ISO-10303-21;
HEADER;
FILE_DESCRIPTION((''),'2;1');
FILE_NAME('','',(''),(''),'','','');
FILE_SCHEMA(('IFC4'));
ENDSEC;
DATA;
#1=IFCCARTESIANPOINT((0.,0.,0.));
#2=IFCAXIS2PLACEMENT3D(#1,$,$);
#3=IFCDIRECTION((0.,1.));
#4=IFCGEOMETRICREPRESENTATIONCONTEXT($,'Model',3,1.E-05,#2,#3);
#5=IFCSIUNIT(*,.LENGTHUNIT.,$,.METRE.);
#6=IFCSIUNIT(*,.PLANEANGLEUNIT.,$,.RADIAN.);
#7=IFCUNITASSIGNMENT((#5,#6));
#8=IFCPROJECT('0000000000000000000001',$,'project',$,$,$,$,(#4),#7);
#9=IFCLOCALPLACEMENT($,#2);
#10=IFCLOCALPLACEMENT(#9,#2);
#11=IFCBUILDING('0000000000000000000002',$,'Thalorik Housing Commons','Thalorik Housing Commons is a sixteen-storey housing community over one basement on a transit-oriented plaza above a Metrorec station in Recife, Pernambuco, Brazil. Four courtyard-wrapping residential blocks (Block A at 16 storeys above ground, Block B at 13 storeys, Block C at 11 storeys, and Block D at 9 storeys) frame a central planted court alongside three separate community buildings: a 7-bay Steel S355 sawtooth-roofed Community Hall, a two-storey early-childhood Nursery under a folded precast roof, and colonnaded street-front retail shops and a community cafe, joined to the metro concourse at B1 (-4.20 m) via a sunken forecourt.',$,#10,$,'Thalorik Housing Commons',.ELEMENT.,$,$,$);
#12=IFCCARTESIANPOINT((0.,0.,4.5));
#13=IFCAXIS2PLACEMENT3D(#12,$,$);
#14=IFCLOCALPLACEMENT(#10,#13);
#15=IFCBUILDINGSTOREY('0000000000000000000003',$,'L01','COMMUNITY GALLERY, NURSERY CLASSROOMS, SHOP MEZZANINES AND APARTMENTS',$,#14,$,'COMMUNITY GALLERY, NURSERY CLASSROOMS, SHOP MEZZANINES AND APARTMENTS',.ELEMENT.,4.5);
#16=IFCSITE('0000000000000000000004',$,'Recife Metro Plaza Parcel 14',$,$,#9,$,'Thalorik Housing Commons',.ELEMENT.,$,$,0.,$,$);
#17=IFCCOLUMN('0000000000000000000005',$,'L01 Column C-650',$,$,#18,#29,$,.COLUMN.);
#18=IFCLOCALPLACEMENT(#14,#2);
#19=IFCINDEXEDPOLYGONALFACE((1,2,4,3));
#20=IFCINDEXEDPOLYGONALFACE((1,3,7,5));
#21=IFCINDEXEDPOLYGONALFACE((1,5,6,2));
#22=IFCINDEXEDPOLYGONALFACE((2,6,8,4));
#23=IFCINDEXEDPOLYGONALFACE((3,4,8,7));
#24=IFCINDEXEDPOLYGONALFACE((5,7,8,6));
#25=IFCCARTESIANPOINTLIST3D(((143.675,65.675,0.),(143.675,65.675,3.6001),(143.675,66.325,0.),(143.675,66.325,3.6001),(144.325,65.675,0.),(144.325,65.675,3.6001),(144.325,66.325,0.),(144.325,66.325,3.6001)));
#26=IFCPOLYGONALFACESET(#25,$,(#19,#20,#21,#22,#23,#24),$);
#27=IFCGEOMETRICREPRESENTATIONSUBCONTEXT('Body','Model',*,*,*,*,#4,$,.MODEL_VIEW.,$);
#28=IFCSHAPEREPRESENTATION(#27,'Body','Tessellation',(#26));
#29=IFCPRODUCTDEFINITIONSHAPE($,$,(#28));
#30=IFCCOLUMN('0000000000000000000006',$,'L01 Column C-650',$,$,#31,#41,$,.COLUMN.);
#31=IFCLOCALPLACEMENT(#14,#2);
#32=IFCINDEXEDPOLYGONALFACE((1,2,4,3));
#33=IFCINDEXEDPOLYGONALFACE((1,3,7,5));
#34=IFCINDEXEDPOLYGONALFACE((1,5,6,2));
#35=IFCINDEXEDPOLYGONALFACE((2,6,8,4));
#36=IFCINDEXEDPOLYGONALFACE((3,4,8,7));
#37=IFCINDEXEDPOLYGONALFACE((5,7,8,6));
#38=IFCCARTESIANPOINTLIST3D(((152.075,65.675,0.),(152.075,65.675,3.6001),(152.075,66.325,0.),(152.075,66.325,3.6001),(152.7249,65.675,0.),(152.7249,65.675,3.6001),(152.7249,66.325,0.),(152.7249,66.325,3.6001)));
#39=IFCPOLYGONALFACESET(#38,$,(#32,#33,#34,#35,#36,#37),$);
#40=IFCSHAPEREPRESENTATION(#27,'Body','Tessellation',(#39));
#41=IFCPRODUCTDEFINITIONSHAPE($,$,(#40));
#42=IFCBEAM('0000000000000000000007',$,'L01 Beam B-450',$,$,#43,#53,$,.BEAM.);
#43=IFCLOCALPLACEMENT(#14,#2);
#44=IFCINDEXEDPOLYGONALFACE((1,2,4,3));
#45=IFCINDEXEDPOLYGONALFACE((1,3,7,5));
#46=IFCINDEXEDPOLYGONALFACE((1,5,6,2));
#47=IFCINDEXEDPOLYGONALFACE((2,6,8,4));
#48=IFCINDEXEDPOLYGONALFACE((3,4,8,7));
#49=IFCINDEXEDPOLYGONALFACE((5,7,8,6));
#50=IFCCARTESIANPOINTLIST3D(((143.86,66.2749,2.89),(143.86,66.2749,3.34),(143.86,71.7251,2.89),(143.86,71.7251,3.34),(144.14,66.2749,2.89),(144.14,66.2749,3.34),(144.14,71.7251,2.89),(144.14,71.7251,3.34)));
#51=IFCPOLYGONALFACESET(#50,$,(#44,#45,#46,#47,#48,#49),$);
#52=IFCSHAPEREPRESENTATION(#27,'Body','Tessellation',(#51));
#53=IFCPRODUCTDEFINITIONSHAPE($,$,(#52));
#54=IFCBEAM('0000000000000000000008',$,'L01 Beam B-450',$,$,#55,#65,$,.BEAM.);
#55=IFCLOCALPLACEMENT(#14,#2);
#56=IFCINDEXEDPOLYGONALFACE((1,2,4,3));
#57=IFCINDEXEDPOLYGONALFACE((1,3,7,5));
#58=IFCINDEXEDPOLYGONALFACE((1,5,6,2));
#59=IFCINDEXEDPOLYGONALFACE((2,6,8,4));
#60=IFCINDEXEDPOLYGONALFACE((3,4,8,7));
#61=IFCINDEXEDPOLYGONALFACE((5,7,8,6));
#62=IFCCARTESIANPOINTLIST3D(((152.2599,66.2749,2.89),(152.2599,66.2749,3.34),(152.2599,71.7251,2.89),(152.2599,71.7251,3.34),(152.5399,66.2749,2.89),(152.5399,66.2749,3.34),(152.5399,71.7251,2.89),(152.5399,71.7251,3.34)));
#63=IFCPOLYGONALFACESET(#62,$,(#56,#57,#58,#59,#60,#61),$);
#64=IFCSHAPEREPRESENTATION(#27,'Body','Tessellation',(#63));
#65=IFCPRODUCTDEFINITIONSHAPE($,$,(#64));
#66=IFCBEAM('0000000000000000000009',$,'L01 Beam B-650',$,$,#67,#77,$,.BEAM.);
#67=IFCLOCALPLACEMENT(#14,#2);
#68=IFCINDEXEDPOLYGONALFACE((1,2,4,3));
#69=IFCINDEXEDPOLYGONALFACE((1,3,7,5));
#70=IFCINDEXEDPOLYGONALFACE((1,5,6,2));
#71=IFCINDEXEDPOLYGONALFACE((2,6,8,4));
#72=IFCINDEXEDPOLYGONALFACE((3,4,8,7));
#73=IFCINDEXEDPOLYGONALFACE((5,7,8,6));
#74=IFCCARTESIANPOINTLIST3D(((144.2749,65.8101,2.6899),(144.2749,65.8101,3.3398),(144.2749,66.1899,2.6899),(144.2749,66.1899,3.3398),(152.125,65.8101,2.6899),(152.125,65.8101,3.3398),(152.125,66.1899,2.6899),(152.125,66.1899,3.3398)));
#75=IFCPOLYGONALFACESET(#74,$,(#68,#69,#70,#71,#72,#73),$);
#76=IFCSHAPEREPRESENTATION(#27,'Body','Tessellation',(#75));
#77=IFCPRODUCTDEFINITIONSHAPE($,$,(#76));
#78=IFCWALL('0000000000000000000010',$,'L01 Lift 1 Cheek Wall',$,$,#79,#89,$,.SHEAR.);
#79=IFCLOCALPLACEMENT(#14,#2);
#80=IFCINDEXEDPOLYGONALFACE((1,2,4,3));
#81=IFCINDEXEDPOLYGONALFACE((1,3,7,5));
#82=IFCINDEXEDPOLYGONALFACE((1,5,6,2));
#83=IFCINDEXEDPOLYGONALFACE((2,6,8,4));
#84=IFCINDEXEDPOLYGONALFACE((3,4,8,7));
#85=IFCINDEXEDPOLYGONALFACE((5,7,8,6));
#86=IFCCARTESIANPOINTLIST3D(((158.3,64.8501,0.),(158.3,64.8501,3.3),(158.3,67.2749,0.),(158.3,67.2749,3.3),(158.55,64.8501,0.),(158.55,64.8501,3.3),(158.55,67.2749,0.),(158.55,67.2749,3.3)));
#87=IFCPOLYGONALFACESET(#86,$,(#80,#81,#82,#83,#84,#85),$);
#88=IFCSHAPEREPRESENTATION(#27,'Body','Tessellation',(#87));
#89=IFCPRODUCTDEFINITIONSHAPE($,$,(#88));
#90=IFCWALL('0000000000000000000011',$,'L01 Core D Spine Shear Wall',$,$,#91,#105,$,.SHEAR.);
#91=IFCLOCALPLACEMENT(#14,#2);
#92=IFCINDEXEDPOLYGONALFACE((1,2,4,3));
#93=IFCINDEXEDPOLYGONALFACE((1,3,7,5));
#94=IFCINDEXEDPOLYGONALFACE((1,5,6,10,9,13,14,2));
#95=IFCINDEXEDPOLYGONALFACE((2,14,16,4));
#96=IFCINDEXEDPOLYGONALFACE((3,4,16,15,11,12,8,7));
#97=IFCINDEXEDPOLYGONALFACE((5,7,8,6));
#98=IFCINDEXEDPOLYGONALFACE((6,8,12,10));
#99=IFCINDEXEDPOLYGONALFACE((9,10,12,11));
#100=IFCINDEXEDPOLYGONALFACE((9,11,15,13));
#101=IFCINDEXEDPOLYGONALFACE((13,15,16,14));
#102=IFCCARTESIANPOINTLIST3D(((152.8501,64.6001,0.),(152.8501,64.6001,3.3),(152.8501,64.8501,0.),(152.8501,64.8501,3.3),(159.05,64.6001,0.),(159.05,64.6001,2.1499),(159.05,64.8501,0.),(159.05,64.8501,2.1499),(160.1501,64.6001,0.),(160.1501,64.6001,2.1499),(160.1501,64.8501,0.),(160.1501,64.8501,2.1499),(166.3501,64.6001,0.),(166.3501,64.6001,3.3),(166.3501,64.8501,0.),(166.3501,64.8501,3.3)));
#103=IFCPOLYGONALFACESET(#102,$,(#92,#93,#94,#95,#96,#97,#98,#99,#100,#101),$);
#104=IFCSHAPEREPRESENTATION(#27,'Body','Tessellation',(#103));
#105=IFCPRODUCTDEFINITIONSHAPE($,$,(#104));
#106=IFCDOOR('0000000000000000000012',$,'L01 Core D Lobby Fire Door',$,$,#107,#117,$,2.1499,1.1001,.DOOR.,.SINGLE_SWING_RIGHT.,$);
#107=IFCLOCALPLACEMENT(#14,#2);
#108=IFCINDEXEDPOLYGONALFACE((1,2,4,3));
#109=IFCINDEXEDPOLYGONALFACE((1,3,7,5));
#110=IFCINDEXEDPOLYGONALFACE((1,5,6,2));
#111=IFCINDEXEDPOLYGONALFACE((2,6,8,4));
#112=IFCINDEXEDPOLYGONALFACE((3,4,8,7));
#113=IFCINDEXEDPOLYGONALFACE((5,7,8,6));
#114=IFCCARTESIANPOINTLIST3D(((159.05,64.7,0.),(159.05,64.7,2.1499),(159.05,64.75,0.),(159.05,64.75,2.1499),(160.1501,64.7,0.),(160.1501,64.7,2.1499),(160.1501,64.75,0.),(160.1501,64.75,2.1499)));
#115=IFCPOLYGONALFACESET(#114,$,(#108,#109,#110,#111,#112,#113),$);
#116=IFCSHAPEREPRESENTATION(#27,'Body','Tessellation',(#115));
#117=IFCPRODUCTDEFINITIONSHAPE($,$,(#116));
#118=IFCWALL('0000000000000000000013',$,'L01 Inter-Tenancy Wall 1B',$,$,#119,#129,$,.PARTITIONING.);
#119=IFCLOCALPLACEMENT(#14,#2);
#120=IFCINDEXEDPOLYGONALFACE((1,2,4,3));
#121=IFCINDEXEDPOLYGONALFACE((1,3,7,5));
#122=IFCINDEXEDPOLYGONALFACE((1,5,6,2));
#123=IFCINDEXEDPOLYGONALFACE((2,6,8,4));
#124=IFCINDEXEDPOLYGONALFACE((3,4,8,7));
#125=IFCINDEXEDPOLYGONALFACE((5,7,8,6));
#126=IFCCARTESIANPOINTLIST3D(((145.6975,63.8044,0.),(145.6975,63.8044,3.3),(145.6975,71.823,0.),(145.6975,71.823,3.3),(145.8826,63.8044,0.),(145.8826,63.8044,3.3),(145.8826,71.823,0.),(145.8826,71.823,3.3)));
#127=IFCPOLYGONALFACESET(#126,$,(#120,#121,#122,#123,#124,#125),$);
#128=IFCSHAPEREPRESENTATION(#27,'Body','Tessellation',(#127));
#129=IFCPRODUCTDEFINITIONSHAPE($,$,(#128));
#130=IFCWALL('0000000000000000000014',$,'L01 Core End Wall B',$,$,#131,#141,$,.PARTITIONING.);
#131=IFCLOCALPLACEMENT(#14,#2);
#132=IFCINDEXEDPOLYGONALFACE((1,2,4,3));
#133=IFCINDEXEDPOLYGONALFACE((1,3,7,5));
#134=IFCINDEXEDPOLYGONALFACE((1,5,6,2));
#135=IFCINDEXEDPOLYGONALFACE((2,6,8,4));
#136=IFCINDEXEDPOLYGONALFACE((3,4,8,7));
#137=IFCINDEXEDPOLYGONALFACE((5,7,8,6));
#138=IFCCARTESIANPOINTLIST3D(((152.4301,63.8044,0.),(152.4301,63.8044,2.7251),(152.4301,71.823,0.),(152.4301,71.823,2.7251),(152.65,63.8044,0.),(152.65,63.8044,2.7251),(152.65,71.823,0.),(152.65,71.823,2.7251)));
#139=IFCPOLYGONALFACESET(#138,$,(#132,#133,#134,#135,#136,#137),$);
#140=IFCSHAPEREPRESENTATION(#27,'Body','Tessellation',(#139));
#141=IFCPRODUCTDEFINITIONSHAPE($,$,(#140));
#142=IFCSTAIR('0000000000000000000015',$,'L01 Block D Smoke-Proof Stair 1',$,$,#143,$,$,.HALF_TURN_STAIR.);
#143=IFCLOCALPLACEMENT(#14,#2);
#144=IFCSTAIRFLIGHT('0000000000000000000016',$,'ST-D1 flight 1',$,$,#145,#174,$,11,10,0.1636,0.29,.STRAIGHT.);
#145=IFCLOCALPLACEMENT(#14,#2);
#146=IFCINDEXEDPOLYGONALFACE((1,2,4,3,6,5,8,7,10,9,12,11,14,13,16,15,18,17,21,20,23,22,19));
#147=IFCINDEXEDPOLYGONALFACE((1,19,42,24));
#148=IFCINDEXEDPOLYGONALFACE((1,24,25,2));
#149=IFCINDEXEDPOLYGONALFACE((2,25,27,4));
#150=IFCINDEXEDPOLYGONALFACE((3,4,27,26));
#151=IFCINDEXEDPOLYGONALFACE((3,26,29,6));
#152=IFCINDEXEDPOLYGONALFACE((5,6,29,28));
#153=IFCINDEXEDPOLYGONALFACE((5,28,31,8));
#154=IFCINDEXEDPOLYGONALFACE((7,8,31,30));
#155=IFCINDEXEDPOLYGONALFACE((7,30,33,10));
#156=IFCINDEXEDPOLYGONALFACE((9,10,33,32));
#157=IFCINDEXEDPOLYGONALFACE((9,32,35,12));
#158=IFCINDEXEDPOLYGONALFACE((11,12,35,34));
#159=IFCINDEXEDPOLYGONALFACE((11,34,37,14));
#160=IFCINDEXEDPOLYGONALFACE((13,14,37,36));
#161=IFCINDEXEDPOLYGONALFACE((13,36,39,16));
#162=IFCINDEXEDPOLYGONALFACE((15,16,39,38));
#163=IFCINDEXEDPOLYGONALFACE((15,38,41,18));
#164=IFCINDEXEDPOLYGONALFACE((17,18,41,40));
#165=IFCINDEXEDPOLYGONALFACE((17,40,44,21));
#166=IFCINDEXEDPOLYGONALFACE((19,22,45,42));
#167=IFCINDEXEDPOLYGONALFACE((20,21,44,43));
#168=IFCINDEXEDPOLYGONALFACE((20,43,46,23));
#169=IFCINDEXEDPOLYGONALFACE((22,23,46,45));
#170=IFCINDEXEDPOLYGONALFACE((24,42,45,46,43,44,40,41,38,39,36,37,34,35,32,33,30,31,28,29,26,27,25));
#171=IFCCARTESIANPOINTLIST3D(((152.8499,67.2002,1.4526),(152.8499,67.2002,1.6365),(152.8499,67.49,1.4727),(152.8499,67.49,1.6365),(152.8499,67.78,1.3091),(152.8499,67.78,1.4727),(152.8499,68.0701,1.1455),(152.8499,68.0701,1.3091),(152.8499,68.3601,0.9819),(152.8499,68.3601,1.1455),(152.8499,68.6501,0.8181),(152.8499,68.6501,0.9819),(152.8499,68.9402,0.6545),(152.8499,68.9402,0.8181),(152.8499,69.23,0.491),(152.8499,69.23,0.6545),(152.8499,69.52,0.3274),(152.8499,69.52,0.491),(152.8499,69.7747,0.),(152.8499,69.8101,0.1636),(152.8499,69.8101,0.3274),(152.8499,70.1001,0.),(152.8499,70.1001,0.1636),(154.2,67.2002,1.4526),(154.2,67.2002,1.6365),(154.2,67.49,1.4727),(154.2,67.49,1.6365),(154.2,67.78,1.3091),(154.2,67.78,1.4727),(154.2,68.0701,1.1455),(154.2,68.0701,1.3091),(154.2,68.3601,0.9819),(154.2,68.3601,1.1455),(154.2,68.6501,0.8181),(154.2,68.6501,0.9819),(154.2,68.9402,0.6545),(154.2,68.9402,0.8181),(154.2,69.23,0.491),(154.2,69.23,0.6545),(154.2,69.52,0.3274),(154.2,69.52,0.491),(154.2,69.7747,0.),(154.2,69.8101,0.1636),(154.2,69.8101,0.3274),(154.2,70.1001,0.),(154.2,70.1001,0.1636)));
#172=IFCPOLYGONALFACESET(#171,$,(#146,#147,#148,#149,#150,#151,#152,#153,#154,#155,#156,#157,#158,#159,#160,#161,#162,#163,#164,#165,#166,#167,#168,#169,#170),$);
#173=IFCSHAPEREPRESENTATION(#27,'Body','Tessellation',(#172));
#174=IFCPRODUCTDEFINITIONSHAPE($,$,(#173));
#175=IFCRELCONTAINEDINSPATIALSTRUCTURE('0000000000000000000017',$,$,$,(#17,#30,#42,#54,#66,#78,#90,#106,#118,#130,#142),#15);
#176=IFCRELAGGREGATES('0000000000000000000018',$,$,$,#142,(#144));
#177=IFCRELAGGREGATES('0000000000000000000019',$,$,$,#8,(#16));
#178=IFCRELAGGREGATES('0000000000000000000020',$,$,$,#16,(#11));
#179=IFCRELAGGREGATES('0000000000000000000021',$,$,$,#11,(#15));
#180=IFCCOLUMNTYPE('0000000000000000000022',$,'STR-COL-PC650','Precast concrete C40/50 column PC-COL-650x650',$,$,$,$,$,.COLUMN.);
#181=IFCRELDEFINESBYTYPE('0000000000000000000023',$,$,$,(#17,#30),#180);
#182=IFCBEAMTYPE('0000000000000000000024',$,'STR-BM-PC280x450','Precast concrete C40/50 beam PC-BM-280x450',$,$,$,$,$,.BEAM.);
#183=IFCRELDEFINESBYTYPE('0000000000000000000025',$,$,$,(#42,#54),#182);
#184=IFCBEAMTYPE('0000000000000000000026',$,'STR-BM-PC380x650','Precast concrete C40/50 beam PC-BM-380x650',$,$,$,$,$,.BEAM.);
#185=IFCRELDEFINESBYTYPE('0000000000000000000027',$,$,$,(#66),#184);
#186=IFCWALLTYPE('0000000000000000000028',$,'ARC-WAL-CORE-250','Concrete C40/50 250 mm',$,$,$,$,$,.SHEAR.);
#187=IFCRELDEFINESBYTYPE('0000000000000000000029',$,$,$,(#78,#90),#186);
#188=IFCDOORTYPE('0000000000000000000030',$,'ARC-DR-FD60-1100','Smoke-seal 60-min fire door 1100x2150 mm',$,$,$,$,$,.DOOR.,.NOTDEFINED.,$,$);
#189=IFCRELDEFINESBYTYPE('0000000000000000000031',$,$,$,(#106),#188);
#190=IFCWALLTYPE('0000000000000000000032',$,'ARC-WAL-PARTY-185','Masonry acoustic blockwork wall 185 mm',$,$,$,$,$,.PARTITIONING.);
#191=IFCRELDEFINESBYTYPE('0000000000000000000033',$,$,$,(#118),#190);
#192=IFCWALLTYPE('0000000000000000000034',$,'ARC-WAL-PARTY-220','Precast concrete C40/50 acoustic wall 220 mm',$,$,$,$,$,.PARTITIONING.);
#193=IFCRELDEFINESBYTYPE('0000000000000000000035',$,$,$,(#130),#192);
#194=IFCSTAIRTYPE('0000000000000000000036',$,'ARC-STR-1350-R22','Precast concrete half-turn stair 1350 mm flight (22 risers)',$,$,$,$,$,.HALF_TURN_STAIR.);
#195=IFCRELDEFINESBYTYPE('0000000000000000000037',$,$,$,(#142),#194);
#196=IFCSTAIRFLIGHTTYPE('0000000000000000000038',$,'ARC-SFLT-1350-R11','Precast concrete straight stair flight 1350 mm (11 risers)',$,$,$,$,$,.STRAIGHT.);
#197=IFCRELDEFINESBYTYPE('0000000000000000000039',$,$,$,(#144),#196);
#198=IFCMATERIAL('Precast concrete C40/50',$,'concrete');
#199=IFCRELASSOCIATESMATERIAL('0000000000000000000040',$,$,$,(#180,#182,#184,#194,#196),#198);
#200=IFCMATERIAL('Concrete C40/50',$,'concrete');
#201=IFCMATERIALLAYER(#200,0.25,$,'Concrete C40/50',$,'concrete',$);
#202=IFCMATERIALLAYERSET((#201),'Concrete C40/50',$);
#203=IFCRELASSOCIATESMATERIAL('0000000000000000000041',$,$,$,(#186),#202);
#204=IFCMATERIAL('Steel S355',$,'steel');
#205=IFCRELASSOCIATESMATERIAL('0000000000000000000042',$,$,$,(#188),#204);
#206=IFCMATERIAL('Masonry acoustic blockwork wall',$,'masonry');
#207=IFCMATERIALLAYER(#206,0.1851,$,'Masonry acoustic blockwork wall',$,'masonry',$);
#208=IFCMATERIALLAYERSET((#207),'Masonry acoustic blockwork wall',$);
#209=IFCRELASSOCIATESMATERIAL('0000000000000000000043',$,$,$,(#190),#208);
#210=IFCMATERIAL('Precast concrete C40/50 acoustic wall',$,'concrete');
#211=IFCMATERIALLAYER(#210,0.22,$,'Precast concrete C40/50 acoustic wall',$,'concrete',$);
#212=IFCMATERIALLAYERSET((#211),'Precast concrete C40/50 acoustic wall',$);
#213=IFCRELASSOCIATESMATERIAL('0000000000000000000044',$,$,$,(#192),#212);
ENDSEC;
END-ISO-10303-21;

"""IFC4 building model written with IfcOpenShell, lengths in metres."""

from ifc_helpers import new_model, si_unit, direction, frame, frame_2d, origin, origin_2d, place, context, subcontext, project, spatial, polyline, rectangle, outline, extrude, material, layer, layer_set, material_profile, profile_set, type_object, element, fill, aggregate, save


model = new_model("IFC4")

# Units and contexts
model_context = context("Model", 3, precision=1e-05, world=origin(), true_north=direction((0.0, 1.0)))
body_context = subcontext(model_context, "Body", "Model", "MODEL_VIEW")
ifc_project = project(units=[si_unit("LENGTHUNIT", "METRE"), si_unit("PLANEANGLEUNIT", "RADIAN")], contexts=[model_context])

# Site, building, storey
site_placement = place(None, origin())
site = spatial("IfcSite", under=ifc_project, at=site_placement, Name="Recife Metro Plaza Parcel 14", LongName="Thalorik Housing Commons", CompositionType="ELEMENT", RefElevation=0.0)
building_placement = place(site_placement, origin())
building = spatial("IfcBuilding", under=site, at=building_placement, Name="Thalorik Housing Commons", Description="Thalorik Housing Commons is a sixteen-storey housing community over one basement on a transit-oriented plaza above a Metrorec station in Recife, Pernambuco, Brazil. Four courtyard-wrapping residential blocks (Block A at 16 storeys above ground, Block B at 13 storeys, Block C at 11 storeys, and Block D at 9 storeys) frame a central planted court alongside three separate community buildings: a 7-bay Steel S355 sawtooth-roofed Community Hall, a two-storey early-childhood Nursery under a folded precast roof, and colonnaded street-front retail shops and a community cafe, joined to the metro concourse at B1 (-4.20 m) via a sunken forecourt.", LongName="Thalorik Housing Commons", CompositionType="ELEMENT")
storey_placement = place(building_placement, frame((0.0, 0.0, 4.5)))
storey = spatial("IfcBuildingStorey", under=building, at=storey_placement, Name="L01", Description="COMMUNITY GALLERY, NURSERY CLASSROOMS, SHOP MEZZANINES AND APARTMENTS", LongName="COMMUNITY GALLERY, NURSERY CLASSROOMS, SHOP MEZZANINES AND APARTMENTS", CompositionType="ELEMENT", Elevation=4.5)

# Columns
ifc_material_1 = material(Name="Precast concrete C40/50", Category="concrete")
ifc_material_profile_1 = material_profile(ifc_material_1, rectangle(XDim=0.6499, YDim=0.6499, at=origin_2d()), Name="PC 650x650", Category="concrete")
ifc_profile_set_1 = profile_set([ifc_material_profile_1], Name="Precast concrete C40/50")
column_type = type_object("IfcColumnType", Name="STR-COL-PC650", Description="Precast concrete C40/50 column PC-COL-650x650", PredefinedType="COLUMN", material=ifc_profile_set_1)
for number, where, z_axis, x_axis, name in (
    (1, (144.0, 66.0, 0.0), (0.0, 0.0, 1.0), (1.0, 0.0, 0.0), "L01 Column C-650"),
    (2, (152.3999, 66.0, 0.0), (0.0, 0.0, 1.0), (1.0, 0.0, 0.0), "L01 Column C-650"),
):
    element("IfcColumn", number, at=place(storey_placement, frame(where, z_axis=z_axis, x_axis=x_axis)), inside=storey, type_object=column_type, Name=name, PredefinedType="COLUMN", context=body_context, shape_type="SweptSolid", body=[
        extrude(rectangle(XDim=0.6499, YDim=0.6499, at=origin_2d()), origin(), (0.0, 0.0, 1.0), 3.6001),
    ])

# Beams
ifc_material_profile_2 = material_profile(ifc_material_1, rectangle(XDim=0.28, YDim=0.45, at=origin_2d()), Name="PC 280x450", Category="concrete")
ifc_profile_set_2 = profile_set([ifc_material_profile_2], Name="Precast concrete C40/50")
beam_type_1 = type_object("IfcBeamType", Name="STR-BM-PC280x450", Description="Precast concrete C40/50 beam PC-BM-280x450", PredefinedType="BEAM", material=ifc_profile_set_2)
for number, where, z_axis, x_axis, name in (
    (3, (144.0, 66.2749, 3.115), (0.0, 1.0, 0.0), (-1.0, 0.0, 0.0), "L01 Beam B-450"),
    (4, (152.3999, 66.2749, 3.115), (0.0, 1.0, 0.0), (-1.0, 0.0, 0.0), "L01 Beam B-450"),
):
    element("IfcBeam", number, at=place(storey_placement, frame(where, z_axis=z_axis, x_axis=x_axis)), inside=storey, type_object=beam_type_1, Name=name, PredefinedType="BEAM", context=body_context, shape_type="SweptSolid", body=[
        extrude(rectangle(XDim=0.28, YDim=0.45, at=origin_2d()), origin(), (0.0, 0.0, 1.0), 5.4502),
    ])
ifc_material_profile_3 = material_profile(ifc_material_1, rectangle(XDim=0.3799, YDim=0.6499, at=origin_2d()), Name="PC 380x650", Category="concrete")
ifc_profile_set_3 = profile_set([ifc_material_profile_3], Name="Precast concrete C40/50")
beam_type_2 = type_object("IfcBeamType", Name="STR-BM-PC380x650", Description="Precast concrete C40/50 beam PC-BM-380x650", PredefinedType="BEAM", material=ifc_profile_set_3)
beam_placement = place(storey_placement, frame((144.2749, 66.0, 3.0149), z_axis=(1.0, 0.0, 0.0), x_axis=(0.0, 1.0, 0.0)))
element("IfcBeam", 5, at=beam_placement, inside=storey, type_object=beam_type_2, Name="L01 Beam B-650", PredefinedType="BEAM", context=body_context, shape_type="SweptSolid", body=[
    extrude(rectangle(XDim=0.3799, YDim=0.6499, at=origin_2d()), origin(), (0.0, 0.0, 1.0), 7.8501),
])

# Shared definitions
ifc_material_2 = material(Name="Concrete C40/50", Category="concrete")
ifc_layer_1 = layer(ifc_material_2, 0.25, Name="Concrete C40/50", Category="concrete")
ifc_layer_set_1 = layer_set([ifc_layer_1], Name="Concrete C40/50")
wall_type_1 = type_object("IfcWallType", Name="ARC-WAL-CORE-250", Description="Concrete C40/50 250 mm", PredefinedType="SHEAR", material=ifc_layer_set_1)
ifc_material_3 = material(Name="Steel S355", Category="steel")

# Wall
wall_1_placement = place(storey_placement, frame((158.425, 67.2749, 0.0), z_axis=(0.0, 0.0, 1.0), x_axis=(0.0, -1.0, 0.0)))
element("IfcWall", 6, at=wall_1_placement, inside=storey, type_object=wall_type_1, Name="L01 Lift 1 Cheek Wall", PredefinedType="SHEAR", context=body_context, shape_type="SweptSolid", body=[
    extrude(rectangle(XDim=2.4248, YDim=0.25, at=frame_2d((1.2124, 0.0))), origin(), (0.0, 0.0, 1.0), 3.3),
])

# Wall, opening, door
wall_2_placement = place(storey_placement, frame((152.8501, 64.7251, 0.0), z_axis=(0.0, 0.0, 1.0), x_axis=(1.0, 0.0, 0.0)))
wall_2 = element("IfcWall", 7, at=wall_2_placement, inside=storey, type_object=wall_type_1, Name="L01 Core D Spine Shear Wall", PredefinedType="SHEAR", context=body_context, shape_type="SweptSolid", body=[
    extrude(rectangle(XDim=13.5, YDim=0.25, at=frame_2d((6.75, 0.0))), origin(), (0.0, 0.0, 1.0), 3.3),
])
opening_1_placement = place(wall_2_placement, frame((6.2, 0.0, 0.0)))
opening_1 = element("IfcOpeningElement", 8, at=opening_1_placement, cuts=wall_2, PredefinedType="OPENING", context=body_context, shape_type="SweptSolid", body=[
    extrude(rectangle(XDim=1.1001, YDim=2.1499, at=frame_2d((0.55, 1.075))), frame((0.0, 0.135, 0.0), z_axis=(0.0, -1.0, 0.0), x_axis=(1.0, 0.0, 0.0)), (0.0, 0.0, 1.0), 0.27),
])
door_type_1 = type_object("IfcDoorType", Name="ARC-DR-FD60-1100", Description="Smoke-seal 60-min fire door 1100x2150 mm", OperationType="NOTDEFINED", PredefinedType="DOOR", material=ifc_material_3)
door_1_placement = place(opening_1_placement, origin())
door_1 = element("IfcDoor", 9, at=door_1_placement, inside=storey, type_object=door_type_1, Name="L01 Core D Lobby Fire Door", OperationType="SINGLE_SWING_RIGHT", OverallHeight=2.1499, OverallWidth=1.1001, PredefinedType="DOOR", context=body_context, shape_type="SweptSolid", body=[
    extrude(rectangle(XDim=1.1001, YDim=2.1499, at=frame_2d((0.55, 1.075))), frame((0.0, 0.0249, 0.0), z_axis=(0.0, -1.0, 0.0), x_axis=(1.0, 0.0, 0.0)), (0.0, 0.0, 1.0), 0.05),
])
fill(opening_1, door_1)

# Walls
ifc_material_4 = material(Name="Masonry acoustic blockwork wall", Category="masonry")
ifc_layer_2 = layer(ifc_material_4, 0.1851, Name="Masonry acoustic blockwork wall", Category="masonry")
ifc_layer_set_2 = layer_set([ifc_layer_2], Name="Masonry acoustic blockwork wall")
wall_type_2 = type_object("IfcWallType", Name="ARC-WAL-PARTY-185", Description="Masonry acoustic blockwork wall 185 mm", PredefinedType="PARTITIONING", material=ifc_layer_set_2)
wall_3_placement = place(storey_placement, frame((145.79, 63.8044, 0.0), z_axis=(0.0, 0.0, 1.0), x_axis=(0.0, 1.0, 0.0)))
element("IfcWall", 10, at=wall_3_placement, inside=storey, type_object=wall_type_2, Name="L01 Inter-Tenancy Wall 1B", PredefinedType="PARTITIONING", context=body_context, shape_type="SweptSolid", body=[
    extrude(rectangle(XDim=8.0186, YDim=0.1851, at=frame_2d((4.0093, 0.0))), origin(), (0.0, 0.0, 1.0), 3.3),
])
ifc_material_5 = material(Name="Precast concrete C40/50 acoustic wall", Category="concrete")
ifc_layer_3 = layer(ifc_material_5, 0.22, Name="Precast concrete C40/50 acoustic wall", Category="concrete")
ifc_layer_set_3 = layer_set([ifc_layer_3], Name="Precast concrete C40/50 acoustic wall")
wall_type_3 = type_object("IfcWallType", Name="ARC-WAL-PARTY-220", Description="Precast concrete C40/50 acoustic wall 220 mm", PredefinedType="PARTITIONING", material=ifc_layer_set_3)
wall_4_placement = place(storey_placement, frame((152.54, 63.8044, 0.0), z_axis=(0.0, 0.0, 1.0), x_axis=(0.0, 1.0, 0.0)))
element("IfcWall", 11, at=wall_4_placement, inside=storey, type_object=wall_type_3, Name="L01 Core End Wall B", PredefinedType="PARTITIONING", context=body_context, shape_type="SweptSolid", body=[
    extrude(rectangle(XDim=8.0186, YDim=0.22, at=frame_2d((4.0093, 0.0))), origin(), (0.0, 0.0, 1.0), 2.7251),
])

# Stair, stair flight
stair_type = type_object("IfcStairType", Name="ARC-STR-1350-R22", Description="Precast concrete half-turn stair 1350 mm flight (22 risers)", PredefinedType="HALF_TURN_STAIR", material=ifc_material_1)
stair_placement = place(storey_placement, origin())
stair = element("IfcStair", 12, at=stair_placement, inside=storey, type_object=stair_type, Name="L01 Block D Smoke-Proof Stair 1", PredefinedType="HALF_TURN_STAIR")
stair_flight_type = type_object("IfcStairFlightType", Name="ARC-SFLT-1350-R11", Description="Precast concrete straight stair flight 1350 mm (11 risers)", PredefinedType="STRAIGHT", material=ifc_material_1)
stair_flight_1_placement = place(storey_placement, frame((153.5249, 70.1001, 0.0), z_axis=(0.0, 0.0, 1.0), x_axis=(0.0, -1.0, 0.0)))
stair_flight_1 = element("IfcStairFlight", 13, at=stair_flight_1_placement, type_object=stair_flight_type, Name="ST-D1 flight 1", NumberOfRisers=11, NumberOfTreads=10, PredefinedType="STRAIGHT", RiserHeight=0.1636, TreadLength=0.29, context=body_context, shape_type="SweptSolid", body=[
    extrude(outline(polyline([(0.0, 0.0), (0.0, 0.1636), (0.29, 0.1636), (0.29, 0.3274), (0.5801, 0.3274), (0.5801, 0.491), (0.8701, 0.491), (0.8701, 0.6545), (1.1599, 0.6545), (1.1599, 0.8181), (1.45, 0.8181), (1.45, 0.9819), (1.74, 0.9819), (1.74, 1.1455), (2.03, 1.1455), (2.03, 1.3091), (2.3201, 1.3091), (2.3201, 1.4727), (2.6101, 1.4727), (2.6101, 1.6365), (2.8999, 1.6365), (2.8999, 1.8), (2.8999, 1.4526), (0.3254, 0.0), (0.0, 0.0)])), frame((0.0, 0.675, 0.0), z_axis=(0.0, -1.0, 0.0), x_axis=(1.0, 0.0, 0.0)), (0.0, 0.0, 1.0), 1.3501),
])
aggregate(stair, [stair_flight_1])

save(model, "model.ifc")
